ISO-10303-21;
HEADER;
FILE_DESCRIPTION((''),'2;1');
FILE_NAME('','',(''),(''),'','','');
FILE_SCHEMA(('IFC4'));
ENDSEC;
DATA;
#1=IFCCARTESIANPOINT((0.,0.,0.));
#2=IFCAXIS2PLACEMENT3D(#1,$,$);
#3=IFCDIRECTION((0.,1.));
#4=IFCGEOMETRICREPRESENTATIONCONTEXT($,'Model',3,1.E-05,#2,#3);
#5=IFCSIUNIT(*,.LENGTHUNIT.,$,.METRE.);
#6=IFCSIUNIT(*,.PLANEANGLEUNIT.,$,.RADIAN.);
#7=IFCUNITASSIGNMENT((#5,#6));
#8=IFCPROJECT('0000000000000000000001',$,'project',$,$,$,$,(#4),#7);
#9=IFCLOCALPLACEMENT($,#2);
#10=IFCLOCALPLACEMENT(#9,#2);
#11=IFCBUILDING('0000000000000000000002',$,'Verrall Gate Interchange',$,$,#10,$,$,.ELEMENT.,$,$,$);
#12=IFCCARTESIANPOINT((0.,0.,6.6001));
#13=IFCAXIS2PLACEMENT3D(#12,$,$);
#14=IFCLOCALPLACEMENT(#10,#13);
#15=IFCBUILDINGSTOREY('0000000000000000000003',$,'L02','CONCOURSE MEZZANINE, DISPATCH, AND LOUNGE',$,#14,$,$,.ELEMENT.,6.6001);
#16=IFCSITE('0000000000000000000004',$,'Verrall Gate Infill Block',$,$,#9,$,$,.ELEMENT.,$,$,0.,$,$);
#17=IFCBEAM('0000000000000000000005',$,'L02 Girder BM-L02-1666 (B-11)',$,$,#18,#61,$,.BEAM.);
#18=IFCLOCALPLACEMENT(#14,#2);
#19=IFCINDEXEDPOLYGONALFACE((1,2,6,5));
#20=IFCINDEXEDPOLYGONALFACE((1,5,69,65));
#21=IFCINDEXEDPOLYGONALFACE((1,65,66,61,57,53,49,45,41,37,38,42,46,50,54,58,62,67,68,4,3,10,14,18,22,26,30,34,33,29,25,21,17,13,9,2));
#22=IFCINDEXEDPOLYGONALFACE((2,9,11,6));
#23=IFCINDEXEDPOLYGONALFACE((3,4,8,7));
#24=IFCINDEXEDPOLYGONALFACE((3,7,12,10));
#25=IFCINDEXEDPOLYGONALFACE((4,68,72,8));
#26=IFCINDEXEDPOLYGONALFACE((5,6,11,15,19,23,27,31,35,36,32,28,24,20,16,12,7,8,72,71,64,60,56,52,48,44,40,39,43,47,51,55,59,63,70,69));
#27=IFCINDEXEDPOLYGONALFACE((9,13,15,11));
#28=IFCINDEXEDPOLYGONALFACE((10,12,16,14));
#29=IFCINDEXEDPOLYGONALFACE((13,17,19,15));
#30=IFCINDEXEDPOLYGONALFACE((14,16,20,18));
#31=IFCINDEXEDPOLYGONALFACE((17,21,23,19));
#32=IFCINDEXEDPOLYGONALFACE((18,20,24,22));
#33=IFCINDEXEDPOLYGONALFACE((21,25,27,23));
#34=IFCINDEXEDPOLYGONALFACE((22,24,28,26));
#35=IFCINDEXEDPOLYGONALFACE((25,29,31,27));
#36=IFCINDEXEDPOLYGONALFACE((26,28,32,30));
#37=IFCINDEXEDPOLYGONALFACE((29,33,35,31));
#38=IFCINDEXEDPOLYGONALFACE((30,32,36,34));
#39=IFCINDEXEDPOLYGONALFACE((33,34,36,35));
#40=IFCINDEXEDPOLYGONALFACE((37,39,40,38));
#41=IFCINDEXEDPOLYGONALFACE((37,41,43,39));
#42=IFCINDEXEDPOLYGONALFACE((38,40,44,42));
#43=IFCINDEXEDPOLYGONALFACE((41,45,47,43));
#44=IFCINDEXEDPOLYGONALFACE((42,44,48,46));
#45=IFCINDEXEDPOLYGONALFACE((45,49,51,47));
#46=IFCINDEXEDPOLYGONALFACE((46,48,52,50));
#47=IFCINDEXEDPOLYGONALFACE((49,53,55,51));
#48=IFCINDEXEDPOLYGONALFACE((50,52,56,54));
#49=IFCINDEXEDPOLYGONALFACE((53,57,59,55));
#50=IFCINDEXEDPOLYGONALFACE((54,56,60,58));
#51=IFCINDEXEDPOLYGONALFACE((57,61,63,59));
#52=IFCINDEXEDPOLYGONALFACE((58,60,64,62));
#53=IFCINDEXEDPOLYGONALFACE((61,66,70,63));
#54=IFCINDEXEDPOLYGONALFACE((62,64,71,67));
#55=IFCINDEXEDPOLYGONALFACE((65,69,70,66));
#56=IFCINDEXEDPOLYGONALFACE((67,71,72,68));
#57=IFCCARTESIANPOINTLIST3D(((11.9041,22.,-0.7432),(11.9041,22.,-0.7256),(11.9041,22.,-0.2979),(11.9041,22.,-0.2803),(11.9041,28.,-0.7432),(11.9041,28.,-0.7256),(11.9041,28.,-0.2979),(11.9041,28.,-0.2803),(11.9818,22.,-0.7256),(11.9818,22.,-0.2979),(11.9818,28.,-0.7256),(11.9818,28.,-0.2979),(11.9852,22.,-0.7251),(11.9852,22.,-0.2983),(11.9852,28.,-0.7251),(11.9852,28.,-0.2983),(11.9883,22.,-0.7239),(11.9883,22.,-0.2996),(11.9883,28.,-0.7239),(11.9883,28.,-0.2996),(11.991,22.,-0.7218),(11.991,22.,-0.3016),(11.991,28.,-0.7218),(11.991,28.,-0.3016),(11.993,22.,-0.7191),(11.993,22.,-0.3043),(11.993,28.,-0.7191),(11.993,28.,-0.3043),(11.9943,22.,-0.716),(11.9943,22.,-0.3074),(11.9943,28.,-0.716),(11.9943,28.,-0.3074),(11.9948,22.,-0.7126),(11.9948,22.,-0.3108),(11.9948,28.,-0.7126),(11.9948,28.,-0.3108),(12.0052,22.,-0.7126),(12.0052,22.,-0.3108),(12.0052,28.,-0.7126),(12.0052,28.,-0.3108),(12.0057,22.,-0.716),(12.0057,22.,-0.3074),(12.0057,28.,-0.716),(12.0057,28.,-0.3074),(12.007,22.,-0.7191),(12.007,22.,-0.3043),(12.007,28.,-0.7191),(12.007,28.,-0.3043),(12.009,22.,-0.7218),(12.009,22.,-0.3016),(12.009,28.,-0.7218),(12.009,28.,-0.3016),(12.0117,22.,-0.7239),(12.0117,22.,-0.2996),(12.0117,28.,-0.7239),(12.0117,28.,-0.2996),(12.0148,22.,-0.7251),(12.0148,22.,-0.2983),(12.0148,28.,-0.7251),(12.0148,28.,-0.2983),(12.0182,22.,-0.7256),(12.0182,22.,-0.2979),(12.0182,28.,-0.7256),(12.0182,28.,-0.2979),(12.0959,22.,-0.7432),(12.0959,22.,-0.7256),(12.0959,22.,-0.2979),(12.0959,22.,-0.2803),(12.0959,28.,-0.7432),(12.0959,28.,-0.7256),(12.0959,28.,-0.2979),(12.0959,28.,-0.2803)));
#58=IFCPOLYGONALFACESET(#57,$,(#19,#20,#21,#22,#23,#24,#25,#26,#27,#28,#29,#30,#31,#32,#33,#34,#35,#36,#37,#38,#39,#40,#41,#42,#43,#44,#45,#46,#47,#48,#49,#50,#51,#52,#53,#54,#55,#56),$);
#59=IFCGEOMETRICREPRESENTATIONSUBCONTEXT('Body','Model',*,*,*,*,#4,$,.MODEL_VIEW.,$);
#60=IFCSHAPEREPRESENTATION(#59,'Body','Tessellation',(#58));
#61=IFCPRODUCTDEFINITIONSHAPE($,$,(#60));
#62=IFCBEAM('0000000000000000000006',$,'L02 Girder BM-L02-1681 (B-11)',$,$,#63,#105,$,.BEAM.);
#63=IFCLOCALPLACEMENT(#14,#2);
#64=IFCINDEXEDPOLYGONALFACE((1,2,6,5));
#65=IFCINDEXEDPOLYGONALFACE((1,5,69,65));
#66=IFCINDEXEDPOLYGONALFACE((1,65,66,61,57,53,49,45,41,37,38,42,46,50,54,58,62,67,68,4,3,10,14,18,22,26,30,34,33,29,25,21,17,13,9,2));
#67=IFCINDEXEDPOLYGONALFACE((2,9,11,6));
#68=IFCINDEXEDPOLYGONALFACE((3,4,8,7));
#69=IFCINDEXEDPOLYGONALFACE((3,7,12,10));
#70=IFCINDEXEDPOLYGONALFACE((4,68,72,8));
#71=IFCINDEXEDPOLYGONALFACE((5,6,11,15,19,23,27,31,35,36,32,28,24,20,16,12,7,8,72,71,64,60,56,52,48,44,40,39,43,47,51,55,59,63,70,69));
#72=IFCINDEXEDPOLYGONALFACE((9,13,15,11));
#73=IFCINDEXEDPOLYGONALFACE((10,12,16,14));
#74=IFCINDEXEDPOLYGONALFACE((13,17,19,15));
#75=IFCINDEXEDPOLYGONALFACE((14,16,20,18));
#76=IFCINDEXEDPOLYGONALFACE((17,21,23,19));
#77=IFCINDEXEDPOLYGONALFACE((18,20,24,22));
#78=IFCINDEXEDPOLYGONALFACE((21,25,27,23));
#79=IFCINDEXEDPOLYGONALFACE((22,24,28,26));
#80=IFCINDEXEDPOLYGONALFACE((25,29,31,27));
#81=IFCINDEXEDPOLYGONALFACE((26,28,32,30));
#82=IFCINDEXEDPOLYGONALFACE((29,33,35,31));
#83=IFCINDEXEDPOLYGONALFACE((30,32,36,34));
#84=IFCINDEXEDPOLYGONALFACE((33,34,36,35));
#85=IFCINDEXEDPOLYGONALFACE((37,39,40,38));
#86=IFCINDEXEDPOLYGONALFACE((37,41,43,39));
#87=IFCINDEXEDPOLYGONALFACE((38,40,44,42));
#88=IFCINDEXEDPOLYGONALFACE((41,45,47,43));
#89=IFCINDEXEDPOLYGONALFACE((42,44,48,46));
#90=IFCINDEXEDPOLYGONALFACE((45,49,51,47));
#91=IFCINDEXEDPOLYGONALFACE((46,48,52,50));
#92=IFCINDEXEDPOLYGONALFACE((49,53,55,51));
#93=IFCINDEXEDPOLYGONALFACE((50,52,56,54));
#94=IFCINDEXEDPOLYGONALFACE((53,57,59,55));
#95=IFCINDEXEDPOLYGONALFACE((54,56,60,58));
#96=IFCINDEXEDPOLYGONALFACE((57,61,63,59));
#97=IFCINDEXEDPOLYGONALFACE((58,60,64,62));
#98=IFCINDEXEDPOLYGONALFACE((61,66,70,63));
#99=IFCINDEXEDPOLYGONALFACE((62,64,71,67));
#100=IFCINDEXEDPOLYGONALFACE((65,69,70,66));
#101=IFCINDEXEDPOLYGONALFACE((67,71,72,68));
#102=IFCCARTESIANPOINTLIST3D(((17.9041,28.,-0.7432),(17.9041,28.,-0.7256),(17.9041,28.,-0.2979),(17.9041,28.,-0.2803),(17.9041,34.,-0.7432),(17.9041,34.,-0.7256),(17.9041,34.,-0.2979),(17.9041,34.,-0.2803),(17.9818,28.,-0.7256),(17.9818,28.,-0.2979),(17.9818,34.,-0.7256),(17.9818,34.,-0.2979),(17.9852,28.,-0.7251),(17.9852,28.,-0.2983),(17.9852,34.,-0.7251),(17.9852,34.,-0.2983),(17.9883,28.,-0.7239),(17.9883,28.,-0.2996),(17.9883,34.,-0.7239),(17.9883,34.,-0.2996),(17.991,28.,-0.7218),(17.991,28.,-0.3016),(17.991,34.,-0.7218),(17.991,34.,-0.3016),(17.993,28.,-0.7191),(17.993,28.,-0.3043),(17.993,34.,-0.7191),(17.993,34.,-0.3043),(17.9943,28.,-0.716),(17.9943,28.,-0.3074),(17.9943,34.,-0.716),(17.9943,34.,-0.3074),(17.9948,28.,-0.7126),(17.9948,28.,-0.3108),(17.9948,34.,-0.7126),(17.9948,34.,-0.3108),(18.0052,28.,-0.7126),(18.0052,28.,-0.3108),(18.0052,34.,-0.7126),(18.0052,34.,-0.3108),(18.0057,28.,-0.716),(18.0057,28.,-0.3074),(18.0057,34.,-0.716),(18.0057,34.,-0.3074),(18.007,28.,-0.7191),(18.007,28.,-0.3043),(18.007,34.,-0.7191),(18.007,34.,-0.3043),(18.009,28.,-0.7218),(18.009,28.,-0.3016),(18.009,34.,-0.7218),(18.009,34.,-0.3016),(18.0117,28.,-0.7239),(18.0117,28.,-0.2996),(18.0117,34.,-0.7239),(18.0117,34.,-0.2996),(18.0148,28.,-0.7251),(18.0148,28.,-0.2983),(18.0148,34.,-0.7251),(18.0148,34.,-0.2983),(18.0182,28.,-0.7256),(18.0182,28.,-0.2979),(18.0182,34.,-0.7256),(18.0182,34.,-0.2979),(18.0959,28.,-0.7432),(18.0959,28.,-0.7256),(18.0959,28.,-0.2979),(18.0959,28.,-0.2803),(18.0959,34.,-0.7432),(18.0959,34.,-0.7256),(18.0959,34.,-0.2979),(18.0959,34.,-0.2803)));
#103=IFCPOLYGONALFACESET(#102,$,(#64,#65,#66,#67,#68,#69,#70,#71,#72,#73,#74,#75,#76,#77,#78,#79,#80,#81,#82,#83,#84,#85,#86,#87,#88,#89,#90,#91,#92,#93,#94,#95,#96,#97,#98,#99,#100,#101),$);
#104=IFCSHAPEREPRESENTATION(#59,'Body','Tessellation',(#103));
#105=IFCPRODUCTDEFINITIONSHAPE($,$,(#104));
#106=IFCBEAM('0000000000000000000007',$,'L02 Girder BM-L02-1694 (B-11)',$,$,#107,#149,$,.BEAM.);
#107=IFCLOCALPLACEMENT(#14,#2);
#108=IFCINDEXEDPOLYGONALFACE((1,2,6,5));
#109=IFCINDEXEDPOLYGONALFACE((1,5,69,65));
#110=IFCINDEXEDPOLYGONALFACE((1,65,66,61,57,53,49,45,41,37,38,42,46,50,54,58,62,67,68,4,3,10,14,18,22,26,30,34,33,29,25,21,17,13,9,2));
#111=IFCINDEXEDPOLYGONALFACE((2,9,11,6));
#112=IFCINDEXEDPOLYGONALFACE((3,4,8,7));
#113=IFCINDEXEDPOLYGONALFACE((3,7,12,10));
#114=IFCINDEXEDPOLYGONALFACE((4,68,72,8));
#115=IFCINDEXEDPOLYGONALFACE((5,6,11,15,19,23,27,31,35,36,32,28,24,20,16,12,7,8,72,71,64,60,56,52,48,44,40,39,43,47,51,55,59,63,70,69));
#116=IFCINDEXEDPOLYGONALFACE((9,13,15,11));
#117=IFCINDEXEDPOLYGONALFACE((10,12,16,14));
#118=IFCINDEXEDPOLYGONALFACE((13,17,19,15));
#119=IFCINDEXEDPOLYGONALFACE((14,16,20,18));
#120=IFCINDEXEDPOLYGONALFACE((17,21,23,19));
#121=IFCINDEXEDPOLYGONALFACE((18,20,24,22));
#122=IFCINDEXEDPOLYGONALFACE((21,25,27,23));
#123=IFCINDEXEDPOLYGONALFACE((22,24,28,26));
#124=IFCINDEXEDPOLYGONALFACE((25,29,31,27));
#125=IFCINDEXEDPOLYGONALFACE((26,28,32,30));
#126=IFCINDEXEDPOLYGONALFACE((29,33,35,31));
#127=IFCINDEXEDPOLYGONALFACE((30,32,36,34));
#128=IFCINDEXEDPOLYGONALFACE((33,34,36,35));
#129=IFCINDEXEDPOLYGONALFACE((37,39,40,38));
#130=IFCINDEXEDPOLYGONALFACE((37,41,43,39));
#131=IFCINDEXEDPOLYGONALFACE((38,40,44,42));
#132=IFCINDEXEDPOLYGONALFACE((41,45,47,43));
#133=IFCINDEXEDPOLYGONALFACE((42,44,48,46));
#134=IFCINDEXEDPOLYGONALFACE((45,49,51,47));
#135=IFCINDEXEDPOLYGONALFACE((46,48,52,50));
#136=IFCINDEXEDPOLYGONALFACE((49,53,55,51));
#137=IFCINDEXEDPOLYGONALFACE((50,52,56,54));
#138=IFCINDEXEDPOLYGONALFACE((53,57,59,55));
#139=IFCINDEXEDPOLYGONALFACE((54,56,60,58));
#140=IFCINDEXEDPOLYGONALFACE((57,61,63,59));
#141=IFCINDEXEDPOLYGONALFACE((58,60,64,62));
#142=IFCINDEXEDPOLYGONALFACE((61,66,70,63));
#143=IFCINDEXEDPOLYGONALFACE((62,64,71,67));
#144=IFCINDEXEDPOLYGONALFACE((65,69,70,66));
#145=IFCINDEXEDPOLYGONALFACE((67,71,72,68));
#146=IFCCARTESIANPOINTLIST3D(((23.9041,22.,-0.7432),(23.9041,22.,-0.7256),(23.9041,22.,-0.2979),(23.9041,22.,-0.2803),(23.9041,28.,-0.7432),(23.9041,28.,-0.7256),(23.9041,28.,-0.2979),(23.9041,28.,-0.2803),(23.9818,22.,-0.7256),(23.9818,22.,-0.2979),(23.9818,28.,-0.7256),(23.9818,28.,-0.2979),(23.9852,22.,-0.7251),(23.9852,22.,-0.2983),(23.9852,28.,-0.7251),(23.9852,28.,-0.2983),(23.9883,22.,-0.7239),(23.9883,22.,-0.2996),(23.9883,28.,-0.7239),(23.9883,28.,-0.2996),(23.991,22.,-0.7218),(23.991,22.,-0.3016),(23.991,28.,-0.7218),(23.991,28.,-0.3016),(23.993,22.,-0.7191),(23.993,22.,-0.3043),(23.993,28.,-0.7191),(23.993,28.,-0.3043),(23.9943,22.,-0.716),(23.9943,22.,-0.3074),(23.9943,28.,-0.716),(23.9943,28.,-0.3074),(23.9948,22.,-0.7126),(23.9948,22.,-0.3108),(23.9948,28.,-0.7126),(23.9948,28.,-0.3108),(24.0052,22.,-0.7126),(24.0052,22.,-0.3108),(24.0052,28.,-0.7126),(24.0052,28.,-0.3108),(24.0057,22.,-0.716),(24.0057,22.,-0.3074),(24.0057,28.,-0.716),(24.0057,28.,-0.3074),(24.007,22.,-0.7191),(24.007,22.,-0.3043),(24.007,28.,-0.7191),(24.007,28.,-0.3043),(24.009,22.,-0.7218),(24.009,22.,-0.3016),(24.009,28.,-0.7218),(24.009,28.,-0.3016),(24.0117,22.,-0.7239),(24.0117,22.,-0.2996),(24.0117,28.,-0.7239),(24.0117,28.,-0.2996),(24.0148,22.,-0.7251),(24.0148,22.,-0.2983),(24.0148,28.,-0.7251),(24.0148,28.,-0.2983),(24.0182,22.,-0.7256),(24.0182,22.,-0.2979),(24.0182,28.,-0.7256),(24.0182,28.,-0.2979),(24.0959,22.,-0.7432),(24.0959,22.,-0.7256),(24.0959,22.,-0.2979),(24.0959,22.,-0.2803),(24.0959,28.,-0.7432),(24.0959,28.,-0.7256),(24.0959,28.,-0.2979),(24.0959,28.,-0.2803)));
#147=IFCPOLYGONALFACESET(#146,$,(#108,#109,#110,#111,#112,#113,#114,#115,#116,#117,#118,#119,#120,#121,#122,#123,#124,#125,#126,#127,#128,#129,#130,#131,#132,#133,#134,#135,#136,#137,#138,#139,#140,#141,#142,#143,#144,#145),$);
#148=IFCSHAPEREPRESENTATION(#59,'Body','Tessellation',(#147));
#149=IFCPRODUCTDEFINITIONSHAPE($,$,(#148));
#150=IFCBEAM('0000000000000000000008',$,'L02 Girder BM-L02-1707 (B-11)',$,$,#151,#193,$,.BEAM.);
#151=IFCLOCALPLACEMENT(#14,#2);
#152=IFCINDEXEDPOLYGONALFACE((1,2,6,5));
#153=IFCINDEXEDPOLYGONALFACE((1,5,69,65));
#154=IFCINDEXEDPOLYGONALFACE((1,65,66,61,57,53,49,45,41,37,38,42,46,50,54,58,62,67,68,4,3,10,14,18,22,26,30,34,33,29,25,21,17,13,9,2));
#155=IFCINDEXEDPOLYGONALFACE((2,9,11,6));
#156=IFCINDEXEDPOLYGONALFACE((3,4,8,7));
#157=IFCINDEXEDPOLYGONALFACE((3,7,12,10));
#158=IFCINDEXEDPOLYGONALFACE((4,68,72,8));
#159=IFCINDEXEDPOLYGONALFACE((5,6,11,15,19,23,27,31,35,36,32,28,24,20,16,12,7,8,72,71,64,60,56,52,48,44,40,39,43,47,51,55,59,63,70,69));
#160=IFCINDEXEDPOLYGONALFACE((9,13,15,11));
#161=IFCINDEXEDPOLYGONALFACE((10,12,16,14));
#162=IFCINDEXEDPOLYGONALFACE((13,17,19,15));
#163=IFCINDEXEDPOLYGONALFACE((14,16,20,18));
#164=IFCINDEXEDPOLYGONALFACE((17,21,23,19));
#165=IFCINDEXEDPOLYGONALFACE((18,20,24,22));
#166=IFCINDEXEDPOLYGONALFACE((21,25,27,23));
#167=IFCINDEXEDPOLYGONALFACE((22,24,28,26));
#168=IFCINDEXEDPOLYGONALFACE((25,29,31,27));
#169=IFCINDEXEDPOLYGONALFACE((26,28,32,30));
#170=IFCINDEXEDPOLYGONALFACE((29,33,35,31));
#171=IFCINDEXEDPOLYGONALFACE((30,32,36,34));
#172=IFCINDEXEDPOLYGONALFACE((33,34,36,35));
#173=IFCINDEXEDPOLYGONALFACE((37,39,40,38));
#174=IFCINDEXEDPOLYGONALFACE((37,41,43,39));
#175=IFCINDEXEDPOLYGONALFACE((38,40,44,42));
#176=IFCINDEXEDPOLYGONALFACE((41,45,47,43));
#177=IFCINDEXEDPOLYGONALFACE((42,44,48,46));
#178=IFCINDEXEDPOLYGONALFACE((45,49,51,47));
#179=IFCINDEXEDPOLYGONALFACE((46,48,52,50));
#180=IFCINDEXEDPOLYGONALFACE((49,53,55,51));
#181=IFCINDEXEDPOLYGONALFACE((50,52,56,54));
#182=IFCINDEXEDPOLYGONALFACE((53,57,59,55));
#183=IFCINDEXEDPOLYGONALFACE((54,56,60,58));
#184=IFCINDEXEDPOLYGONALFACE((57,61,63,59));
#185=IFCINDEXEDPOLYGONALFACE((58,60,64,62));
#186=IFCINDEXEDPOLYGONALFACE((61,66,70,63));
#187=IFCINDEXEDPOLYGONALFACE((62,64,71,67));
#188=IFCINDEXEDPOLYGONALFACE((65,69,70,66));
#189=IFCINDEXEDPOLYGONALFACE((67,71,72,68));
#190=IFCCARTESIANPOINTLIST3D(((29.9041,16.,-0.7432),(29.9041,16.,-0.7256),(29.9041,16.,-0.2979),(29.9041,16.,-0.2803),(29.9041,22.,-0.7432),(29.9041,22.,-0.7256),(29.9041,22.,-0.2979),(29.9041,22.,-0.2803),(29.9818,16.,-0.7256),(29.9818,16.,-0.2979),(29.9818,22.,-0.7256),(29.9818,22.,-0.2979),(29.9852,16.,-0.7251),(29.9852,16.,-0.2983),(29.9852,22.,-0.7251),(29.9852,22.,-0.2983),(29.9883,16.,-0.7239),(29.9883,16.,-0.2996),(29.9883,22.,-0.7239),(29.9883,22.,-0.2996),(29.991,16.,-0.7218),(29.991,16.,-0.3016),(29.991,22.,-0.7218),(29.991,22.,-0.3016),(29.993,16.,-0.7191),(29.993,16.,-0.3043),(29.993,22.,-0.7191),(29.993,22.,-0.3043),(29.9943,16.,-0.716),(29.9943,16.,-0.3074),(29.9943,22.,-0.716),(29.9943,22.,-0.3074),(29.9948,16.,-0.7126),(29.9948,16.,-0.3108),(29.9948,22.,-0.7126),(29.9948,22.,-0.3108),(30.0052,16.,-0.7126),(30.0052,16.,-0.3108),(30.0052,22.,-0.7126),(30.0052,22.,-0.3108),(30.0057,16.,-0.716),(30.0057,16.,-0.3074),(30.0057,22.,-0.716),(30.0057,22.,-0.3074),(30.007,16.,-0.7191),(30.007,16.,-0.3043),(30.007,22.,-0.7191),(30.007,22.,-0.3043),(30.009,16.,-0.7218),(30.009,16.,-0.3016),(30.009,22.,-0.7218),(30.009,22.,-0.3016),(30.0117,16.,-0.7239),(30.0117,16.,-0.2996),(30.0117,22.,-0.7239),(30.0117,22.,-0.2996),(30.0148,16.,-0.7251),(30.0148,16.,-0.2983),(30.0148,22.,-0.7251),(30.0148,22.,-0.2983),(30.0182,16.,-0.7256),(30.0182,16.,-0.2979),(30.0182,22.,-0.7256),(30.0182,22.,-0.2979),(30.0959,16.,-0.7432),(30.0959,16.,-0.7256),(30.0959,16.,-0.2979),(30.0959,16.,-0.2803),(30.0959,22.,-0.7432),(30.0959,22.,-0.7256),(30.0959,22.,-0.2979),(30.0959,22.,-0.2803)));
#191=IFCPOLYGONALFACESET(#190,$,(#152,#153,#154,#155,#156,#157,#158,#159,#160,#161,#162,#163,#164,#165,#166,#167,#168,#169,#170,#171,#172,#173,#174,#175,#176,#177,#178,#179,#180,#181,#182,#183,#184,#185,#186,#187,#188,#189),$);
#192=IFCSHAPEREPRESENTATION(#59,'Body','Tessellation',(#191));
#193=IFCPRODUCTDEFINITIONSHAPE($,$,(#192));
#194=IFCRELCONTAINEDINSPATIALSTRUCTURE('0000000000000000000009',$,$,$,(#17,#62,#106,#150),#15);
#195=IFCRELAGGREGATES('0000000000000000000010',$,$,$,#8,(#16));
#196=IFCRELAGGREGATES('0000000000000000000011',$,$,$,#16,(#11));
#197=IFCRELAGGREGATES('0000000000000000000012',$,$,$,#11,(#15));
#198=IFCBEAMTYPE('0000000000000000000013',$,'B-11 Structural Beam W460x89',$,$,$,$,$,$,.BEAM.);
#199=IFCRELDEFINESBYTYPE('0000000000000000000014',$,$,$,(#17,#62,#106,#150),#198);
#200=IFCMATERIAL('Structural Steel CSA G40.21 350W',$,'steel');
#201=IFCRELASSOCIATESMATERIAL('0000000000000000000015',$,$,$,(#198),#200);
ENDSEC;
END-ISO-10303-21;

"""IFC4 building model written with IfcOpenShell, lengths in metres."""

from ifc_helpers import new_model, si_unit, direction, frame, origin, origin_2d, place, context, subcontext, project, spatial, i_section, extrude, material, material_profile, profile_set, type_object, element, save


model = new_model("IFC4")

# Units and contexts
model_context = context("Model", 3, precision=1e-05, world=origin(), true_north=direction((0.0, 1.0)))
body_context = subcontext(model_context, "Body", "Model", "MODEL_VIEW")
ifc_project = project(units=[si_unit("LENGTHUNIT", "METRE"), si_unit("PLANEANGLEUNIT", "RADIAN")], contexts=[model_context])

# Site, building, storey
site_placement = place(None, origin())
site = spatial("IfcSite", under=ifc_project, at=site_placement, Name="Verrall Gate Infill Block", CompositionType="ELEMENT", RefElevation=0.0)
building_placement = place(site_placement, origin())
building = spatial("IfcBuilding", under=site, at=building_placement, Name="Verrall Gate Interchange", CompositionType="ELEMENT")
storey_placement = place(building_placement, frame((0.0, 0.0, 6.6001)))
storey = spatial("IfcBuildingStorey", under=building, at=storey_placement, Name="L02", Description="CONCOURSE MEZZANINE, DISPATCH, AND LOUNGE", CompositionType="ELEMENT", Elevation=6.6001)

# Beams
ifc_material_1 = material(Name="Structural Steel CSA G40.21 350W", Category="steel")
ifc_material_profile_1 = material_profile(ifc_material_1, i_section(OverallWidth=0.1919, OverallDepth=0.4629, WebThickness=0.0105, FlangeThickness=0.0176, FilletRadius=0.0129, at=origin_2d()), Name="W460x89")
ifc_profile_set_1 = profile_set([ifc_material_profile_1], Name="Structural Steel CSA G40.21 350W")
beam_type_1 = type_object("IfcBeamType", Name="B-11 Structural Beam W460x89", PredefinedType="BEAM", material=ifc_profile_set_1)
for number, where, z_axis, x_axis, name in (
    (1, (12.0, 22.0, -0.5117), (0.0, 1.0, 0.0), (-1.0, 0.0, 0.0), "L02 Girder BM-L02-1666 (B-11)"),
    (2, (18.0, 28.0, -0.5117), (0.0, 1.0, 0.0), (-1.0, 0.0, 0.0), "L02 Girder BM-L02-1681 (B-11)"),
    (3, (24.0, 22.0, -0.5117), (0.0, 1.0, 0.0), (-1.0, 0.0, 0.0), "L02 Girder BM-L02-1694 (B-11)"),
    (4, (30.0, 16.0, -0.5117), (0.0, 1.0, 0.0), (-1.0, 0.0, 0.0), "L02 Girder BM-L02-1707 (B-11)"),
):
    element("IfcBeam", number, at=place(storey_placement, frame(where, z_axis=z_axis, x_axis=x_axis)), inside=storey, type_object=beam_type_1, Name=name, PredefinedType="BEAM", context=body_context, shape_type="SweptSolid", body=[
        extrude(i_section(OverallWidth=0.1919, OverallDepth=0.4629, WebThickness=0.0105, FlangeThickness=0.0176, FilletRadius=0.0129, at=origin_2d()), origin(), (0.0, 0.0, 1.0), 6.0),
    ])

save(model, "model.ifc")
